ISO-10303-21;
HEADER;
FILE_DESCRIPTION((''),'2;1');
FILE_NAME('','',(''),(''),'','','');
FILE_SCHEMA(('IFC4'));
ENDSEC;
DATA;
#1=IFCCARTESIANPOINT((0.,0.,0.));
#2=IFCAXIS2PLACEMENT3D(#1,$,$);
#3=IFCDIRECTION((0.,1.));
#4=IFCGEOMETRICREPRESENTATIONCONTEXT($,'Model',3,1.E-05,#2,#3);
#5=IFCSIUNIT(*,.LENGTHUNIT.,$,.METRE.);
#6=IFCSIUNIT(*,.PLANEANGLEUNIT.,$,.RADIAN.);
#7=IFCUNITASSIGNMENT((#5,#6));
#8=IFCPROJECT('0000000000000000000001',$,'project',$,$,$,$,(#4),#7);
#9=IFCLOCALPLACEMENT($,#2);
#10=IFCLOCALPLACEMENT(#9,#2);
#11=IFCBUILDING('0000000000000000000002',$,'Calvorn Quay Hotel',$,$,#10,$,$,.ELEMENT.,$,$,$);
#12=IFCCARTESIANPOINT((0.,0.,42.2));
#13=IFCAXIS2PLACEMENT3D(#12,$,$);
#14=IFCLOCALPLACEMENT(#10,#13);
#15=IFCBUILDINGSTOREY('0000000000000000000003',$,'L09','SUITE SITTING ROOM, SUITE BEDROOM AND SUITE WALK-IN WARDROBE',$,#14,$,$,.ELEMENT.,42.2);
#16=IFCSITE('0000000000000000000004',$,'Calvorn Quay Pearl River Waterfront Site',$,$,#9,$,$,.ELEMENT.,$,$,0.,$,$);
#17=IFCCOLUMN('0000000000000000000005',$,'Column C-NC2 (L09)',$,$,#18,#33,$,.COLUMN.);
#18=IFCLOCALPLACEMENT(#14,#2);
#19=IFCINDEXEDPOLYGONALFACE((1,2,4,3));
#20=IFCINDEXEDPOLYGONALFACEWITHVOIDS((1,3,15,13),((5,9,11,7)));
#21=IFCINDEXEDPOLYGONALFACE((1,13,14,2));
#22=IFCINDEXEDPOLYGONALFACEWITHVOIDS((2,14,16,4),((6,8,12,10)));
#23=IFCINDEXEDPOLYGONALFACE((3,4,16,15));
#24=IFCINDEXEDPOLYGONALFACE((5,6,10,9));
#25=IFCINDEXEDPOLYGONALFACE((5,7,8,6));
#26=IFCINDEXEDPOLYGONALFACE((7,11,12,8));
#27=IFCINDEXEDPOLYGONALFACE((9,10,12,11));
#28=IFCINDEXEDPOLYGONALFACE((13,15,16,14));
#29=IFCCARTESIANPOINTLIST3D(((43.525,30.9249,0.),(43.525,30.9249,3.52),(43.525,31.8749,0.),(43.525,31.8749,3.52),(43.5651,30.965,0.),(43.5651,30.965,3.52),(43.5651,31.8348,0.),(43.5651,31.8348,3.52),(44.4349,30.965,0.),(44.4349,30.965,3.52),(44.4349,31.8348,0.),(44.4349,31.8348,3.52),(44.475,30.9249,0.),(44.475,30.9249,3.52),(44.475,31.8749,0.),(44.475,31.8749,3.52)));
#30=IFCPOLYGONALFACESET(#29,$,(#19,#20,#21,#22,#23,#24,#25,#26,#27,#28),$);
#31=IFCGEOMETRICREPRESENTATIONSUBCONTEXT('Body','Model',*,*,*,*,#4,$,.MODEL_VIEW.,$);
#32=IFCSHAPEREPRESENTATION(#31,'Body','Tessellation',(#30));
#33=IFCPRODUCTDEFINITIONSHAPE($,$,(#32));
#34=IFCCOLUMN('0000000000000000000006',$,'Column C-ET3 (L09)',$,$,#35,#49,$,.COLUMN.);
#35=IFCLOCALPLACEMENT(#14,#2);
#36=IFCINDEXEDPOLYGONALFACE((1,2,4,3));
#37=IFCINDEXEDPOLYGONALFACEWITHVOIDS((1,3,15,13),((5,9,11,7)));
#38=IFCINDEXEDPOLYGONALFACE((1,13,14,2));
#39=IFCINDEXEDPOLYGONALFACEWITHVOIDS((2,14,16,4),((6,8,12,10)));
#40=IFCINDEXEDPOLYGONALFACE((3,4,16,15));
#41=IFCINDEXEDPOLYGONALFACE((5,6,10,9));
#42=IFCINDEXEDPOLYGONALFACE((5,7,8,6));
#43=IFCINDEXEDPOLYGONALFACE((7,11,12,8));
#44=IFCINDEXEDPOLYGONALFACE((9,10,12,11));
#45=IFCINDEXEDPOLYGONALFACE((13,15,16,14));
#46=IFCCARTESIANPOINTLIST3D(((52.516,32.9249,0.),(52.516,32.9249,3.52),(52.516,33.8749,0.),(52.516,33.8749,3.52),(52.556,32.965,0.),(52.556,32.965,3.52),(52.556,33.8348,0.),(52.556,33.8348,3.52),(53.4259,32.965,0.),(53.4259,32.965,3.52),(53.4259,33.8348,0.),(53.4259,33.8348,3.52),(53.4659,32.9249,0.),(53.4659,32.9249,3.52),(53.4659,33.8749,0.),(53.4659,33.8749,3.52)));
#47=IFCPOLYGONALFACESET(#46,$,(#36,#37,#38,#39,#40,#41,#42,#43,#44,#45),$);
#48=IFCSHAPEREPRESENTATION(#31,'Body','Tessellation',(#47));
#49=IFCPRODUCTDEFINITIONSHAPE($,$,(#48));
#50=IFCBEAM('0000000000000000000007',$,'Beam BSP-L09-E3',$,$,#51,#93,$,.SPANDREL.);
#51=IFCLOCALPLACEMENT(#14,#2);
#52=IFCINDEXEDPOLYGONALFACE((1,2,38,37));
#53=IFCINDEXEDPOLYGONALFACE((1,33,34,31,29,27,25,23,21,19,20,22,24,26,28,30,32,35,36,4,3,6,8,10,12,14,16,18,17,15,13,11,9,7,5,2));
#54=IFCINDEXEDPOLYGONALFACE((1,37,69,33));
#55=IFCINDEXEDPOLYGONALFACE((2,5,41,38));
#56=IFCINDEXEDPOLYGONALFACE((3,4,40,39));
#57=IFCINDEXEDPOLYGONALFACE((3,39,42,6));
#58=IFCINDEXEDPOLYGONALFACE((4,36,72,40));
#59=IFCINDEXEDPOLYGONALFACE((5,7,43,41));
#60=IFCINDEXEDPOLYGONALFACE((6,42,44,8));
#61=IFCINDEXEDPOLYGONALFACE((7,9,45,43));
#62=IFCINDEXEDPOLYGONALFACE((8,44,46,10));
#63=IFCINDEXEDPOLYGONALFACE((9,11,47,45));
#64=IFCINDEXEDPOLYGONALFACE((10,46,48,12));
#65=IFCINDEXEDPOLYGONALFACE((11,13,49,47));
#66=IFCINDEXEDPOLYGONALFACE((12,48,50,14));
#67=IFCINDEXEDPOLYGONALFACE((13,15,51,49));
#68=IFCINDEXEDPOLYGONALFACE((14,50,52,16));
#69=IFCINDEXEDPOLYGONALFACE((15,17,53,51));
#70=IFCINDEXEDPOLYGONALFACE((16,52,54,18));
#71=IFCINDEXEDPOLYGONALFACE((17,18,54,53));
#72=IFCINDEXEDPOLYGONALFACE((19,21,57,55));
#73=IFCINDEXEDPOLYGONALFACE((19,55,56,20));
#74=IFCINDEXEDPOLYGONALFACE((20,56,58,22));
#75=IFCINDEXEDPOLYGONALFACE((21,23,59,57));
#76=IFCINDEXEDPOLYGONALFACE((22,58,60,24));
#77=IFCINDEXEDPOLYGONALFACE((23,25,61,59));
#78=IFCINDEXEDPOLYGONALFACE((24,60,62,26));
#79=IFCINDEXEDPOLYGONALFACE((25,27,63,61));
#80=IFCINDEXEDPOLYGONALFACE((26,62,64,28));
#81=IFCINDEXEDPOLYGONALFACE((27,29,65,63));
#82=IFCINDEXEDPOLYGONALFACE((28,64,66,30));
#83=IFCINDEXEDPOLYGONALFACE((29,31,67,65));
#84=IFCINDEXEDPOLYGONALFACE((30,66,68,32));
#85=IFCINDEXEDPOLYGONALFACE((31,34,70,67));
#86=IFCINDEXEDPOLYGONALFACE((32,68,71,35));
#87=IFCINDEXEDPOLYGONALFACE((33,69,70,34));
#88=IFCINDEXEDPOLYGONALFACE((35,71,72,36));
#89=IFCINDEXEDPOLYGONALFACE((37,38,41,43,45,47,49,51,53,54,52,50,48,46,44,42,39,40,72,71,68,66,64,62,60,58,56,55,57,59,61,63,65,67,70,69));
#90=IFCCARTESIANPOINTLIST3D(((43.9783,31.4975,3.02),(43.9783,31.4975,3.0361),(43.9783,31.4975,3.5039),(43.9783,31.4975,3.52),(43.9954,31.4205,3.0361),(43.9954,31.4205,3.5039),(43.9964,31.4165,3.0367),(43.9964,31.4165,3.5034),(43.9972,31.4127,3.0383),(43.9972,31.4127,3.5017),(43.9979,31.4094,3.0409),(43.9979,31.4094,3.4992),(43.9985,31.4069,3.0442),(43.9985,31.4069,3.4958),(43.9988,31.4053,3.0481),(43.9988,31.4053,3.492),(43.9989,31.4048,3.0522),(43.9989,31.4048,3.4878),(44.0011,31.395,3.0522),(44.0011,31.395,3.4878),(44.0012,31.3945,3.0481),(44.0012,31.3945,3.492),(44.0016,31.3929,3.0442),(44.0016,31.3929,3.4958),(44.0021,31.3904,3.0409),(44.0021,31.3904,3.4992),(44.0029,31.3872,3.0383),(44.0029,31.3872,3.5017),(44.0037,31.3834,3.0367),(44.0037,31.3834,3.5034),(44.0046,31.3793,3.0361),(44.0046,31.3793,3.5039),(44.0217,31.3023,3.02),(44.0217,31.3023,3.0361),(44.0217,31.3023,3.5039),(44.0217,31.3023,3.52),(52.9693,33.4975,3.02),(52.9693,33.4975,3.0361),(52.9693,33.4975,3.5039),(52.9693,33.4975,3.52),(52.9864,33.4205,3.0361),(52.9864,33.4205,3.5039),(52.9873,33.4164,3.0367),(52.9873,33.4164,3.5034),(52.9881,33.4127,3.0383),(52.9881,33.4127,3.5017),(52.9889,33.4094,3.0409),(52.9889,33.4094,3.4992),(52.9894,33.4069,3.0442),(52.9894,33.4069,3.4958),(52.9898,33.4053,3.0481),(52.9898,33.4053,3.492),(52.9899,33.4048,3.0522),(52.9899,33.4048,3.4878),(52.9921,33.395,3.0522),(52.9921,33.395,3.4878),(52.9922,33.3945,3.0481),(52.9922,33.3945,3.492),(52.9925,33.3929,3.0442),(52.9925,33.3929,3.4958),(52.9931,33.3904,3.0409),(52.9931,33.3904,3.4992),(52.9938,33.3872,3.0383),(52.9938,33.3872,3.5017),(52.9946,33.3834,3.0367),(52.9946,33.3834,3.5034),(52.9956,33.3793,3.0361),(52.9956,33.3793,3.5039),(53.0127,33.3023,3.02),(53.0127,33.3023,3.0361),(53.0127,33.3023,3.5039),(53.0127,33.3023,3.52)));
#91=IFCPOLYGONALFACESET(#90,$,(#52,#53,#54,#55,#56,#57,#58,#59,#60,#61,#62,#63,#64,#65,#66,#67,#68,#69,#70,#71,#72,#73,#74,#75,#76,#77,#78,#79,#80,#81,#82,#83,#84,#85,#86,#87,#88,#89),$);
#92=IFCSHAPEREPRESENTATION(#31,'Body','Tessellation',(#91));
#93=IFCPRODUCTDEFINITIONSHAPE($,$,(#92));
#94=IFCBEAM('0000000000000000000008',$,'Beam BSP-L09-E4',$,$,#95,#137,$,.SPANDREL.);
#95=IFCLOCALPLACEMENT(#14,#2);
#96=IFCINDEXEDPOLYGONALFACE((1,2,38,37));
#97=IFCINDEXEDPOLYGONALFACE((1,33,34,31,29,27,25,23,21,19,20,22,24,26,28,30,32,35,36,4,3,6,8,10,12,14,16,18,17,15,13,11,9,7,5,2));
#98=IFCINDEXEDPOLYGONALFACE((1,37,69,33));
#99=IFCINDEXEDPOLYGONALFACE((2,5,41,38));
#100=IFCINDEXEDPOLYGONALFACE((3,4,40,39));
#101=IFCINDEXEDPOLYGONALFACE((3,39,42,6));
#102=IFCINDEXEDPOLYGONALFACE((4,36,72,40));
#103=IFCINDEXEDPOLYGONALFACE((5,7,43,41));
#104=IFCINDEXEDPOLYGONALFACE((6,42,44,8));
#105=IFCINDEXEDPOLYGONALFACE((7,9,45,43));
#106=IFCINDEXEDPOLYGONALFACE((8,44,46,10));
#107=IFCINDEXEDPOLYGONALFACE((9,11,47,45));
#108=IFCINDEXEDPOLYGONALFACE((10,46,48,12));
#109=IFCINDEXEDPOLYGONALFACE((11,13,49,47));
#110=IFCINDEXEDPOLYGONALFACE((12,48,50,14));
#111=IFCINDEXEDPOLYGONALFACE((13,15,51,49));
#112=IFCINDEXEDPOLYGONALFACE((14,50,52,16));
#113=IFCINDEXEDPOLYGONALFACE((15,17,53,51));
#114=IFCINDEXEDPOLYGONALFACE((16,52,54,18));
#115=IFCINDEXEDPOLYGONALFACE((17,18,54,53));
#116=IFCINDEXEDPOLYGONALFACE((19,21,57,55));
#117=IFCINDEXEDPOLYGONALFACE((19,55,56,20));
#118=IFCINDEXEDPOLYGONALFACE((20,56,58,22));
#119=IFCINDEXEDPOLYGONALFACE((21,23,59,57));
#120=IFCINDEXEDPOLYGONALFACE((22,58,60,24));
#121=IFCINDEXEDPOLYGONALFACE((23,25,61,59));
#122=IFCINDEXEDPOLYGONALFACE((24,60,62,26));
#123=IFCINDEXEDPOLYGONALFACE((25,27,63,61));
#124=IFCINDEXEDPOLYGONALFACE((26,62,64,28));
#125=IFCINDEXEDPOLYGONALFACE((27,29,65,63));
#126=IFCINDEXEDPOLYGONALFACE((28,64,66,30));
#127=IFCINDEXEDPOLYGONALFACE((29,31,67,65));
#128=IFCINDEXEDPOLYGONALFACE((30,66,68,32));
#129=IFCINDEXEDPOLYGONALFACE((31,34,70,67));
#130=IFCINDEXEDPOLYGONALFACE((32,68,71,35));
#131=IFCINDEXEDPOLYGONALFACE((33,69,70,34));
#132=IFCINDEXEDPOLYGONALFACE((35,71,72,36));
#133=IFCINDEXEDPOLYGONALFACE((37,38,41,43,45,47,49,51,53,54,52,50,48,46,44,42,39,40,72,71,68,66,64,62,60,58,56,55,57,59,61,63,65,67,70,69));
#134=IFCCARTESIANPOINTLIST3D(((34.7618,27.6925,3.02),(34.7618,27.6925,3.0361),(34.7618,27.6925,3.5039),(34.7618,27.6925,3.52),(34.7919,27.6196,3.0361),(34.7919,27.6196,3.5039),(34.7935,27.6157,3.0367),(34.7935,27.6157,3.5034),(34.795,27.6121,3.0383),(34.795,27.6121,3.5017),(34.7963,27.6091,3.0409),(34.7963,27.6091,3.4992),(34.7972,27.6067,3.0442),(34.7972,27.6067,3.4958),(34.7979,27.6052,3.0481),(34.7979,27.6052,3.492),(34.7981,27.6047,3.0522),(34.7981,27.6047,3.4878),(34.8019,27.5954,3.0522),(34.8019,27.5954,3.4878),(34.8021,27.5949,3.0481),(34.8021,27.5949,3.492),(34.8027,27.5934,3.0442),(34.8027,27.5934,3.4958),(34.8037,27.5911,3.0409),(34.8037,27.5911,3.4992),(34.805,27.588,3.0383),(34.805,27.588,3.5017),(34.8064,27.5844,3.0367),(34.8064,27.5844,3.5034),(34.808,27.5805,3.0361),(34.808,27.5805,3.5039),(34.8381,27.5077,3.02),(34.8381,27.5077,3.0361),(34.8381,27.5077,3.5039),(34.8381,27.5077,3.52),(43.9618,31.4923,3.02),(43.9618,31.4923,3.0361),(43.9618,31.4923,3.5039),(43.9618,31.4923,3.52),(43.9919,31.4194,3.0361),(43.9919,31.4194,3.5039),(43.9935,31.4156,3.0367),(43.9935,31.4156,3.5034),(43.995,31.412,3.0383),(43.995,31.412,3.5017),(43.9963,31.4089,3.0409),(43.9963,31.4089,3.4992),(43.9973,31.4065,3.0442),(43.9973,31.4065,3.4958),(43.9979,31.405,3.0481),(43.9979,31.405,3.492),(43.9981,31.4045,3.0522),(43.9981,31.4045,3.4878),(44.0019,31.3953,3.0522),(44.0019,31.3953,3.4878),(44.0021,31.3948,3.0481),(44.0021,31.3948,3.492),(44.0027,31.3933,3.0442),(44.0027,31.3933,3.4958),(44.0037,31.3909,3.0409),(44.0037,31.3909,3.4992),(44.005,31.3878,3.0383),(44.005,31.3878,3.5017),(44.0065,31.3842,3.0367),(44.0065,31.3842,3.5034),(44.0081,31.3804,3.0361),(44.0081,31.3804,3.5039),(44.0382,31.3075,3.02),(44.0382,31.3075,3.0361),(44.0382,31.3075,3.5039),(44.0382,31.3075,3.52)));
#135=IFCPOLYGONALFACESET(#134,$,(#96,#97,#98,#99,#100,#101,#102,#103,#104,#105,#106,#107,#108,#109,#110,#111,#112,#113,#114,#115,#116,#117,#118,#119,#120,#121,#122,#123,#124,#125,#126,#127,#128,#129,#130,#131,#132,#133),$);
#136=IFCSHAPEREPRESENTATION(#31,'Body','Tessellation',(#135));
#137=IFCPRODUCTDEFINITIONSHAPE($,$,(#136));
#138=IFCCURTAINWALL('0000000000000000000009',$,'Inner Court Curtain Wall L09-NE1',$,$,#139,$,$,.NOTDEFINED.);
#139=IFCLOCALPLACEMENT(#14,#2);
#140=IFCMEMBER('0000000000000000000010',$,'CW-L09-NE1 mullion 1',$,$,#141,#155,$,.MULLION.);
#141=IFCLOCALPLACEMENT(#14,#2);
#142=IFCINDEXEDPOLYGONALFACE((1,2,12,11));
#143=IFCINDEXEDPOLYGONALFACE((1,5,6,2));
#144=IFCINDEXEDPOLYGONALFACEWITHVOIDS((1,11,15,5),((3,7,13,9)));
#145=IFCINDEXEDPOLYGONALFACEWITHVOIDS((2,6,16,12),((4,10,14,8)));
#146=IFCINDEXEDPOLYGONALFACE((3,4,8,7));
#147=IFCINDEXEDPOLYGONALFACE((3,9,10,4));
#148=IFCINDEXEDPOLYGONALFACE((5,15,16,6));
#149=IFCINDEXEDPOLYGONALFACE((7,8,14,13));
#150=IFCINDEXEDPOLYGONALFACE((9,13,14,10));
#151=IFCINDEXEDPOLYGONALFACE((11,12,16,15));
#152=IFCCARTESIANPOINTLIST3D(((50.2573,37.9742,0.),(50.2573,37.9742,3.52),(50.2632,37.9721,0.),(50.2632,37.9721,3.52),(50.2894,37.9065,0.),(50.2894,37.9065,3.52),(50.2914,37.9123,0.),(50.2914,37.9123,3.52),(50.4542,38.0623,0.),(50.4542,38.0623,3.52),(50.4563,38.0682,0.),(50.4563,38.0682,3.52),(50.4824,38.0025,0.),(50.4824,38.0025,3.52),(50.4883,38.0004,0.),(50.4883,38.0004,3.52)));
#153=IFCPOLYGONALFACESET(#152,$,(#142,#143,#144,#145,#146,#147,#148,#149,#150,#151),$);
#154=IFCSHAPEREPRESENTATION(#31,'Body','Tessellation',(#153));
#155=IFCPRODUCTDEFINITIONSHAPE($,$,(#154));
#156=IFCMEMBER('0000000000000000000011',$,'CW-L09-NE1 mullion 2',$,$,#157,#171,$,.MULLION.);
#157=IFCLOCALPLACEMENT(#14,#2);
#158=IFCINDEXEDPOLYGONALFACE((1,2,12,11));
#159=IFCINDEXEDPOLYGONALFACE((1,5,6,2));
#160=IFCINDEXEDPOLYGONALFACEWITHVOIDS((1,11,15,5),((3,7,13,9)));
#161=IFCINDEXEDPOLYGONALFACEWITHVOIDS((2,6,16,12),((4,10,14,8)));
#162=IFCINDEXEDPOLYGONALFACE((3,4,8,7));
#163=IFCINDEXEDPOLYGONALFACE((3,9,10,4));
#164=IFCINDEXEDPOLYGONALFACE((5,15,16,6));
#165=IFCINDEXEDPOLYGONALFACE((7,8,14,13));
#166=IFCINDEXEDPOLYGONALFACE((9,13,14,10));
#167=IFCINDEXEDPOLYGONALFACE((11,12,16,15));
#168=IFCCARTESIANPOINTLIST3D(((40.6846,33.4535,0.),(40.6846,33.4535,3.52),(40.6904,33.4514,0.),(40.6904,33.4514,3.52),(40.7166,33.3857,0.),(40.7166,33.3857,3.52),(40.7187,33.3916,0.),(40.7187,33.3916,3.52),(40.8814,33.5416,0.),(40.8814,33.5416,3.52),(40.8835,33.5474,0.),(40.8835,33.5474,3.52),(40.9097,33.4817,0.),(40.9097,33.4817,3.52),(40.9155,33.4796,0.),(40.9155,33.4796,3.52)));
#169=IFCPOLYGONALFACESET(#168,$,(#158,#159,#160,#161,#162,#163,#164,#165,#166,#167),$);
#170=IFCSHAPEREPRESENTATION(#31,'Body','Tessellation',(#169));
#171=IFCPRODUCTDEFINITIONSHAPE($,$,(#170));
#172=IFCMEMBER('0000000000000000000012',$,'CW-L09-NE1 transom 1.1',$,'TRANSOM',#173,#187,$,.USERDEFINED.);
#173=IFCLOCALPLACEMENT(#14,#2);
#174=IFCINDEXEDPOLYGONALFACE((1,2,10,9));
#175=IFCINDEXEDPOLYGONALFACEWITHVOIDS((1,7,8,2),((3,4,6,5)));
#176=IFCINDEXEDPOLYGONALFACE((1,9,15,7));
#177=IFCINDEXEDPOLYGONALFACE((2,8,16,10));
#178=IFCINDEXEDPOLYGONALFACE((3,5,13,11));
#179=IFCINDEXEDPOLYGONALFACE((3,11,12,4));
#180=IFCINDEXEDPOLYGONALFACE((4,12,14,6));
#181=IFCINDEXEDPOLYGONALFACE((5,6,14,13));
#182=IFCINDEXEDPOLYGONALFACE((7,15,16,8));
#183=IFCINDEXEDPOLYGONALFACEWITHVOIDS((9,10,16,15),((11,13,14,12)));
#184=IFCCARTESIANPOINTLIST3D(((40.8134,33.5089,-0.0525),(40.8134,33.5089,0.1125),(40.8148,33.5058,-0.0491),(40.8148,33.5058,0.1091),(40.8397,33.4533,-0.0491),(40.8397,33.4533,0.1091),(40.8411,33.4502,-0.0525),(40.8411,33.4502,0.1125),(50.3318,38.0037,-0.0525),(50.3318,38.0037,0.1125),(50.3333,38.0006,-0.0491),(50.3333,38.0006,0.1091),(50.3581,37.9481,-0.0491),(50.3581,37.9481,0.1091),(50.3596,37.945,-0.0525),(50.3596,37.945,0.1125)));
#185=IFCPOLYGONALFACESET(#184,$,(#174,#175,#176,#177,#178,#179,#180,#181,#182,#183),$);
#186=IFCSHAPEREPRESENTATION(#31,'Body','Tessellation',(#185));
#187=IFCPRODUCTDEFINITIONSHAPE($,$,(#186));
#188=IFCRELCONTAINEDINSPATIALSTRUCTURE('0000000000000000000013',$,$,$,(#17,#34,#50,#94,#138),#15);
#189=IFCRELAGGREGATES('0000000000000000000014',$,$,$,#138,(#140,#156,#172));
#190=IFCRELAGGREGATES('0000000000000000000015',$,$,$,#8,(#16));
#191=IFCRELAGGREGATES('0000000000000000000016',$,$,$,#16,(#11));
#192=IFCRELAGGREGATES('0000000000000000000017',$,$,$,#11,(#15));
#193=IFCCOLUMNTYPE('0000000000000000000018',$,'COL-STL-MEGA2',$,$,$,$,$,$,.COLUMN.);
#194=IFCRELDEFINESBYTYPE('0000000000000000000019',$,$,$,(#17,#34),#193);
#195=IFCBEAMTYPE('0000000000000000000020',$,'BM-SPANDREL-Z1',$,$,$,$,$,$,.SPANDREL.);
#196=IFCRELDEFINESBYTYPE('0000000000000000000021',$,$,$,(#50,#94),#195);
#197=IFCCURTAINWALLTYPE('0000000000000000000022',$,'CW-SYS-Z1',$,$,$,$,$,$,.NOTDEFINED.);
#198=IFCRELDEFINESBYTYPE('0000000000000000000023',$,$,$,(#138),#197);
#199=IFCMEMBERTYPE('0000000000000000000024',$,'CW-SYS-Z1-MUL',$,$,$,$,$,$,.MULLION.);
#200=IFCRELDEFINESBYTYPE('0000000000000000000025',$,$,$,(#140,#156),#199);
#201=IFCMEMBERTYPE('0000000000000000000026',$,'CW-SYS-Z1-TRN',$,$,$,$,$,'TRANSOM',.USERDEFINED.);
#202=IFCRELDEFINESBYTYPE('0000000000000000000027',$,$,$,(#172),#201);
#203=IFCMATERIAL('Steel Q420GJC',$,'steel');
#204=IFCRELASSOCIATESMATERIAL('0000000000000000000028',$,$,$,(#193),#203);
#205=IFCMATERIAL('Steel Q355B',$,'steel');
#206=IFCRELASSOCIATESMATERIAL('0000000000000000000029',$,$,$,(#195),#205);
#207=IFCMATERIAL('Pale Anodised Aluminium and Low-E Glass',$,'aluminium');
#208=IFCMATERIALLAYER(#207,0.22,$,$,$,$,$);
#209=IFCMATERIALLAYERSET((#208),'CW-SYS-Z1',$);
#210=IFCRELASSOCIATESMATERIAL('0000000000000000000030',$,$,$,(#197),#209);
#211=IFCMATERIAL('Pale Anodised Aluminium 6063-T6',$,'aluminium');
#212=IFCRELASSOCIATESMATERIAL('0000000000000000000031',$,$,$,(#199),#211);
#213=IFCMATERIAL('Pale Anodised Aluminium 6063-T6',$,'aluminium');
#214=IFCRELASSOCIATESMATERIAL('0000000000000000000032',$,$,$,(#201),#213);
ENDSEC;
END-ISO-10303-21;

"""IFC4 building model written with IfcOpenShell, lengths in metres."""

from ifc_helpers import new_model, si_unit, direction, frame, origin, origin_2d, place, context, subcontext, project, spatial, hollow_rectangle, i_section, extrude, material, layer, layer_set, material_profile, profile_set, type_object, element, aggregate, save


model = new_model("IFC4")

# Units and contexts
model_context = context("Model", 3, precision=1e-05, world=origin(), true_north=direction((0.0, 1.0)))
body_context = subcontext(model_context, "Body", "Model", "MODEL_VIEW")
ifc_project = project(units=[si_unit("LENGTHUNIT", "METRE"), si_unit("PLANEANGLEUNIT", "RADIAN")], contexts=[model_context])

# Site, building, storey
site_placement = place(None, origin())
site = spatial("IfcSite", under=ifc_project, at=site_placement, Name="Calvorn Quay Pearl River Waterfront Site", CompositionType="ELEMENT", RefElevation=0.0)
building_placement = place(site_placement, origin())
building = spatial("IfcBuilding", under=site, at=building_placement, Name="Calvorn Quay Hotel", CompositionType="ELEMENT")
storey_placement = place(building_placement, frame((0.0, 0.0, 42.2)))
storey = spatial("IfcBuildingStorey", under=building, at=storey_placement, Name="L09", Description="SUITE SITTING ROOM, SUITE BEDROOM AND SUITE WALK-IN WARDROBE", CompositionType="ELEMENT", Elevation=42.2)

# Columns
ifc_material_1 = material(Name="Steel Q420GJC", Category="steel")
ifc_material_profile_1 = material_profile(ifc_material_1, hollow_rectangle(XDim=0.95, YDim=0.95, WallThickness=0.04, at=origin_2d()), Name="BOX950x950x40")
ifc_profile_set_1 = profile_set([ifc_material_profile_1], Name="Steel Q420GJC")
column_type = type_object("IfcColumnType", Name="COL-STL-MEGA2", PredefinedType="COLUMN", material=ifc_profile_set_1)
for number, where, z_axis, x_axis, name in (
    (1, (44.0, 31.3999, 0.0), (0.0, 0.0, 1.0), (1.0, 0.0, 0.0), "Column C-NC2 (L09)"),
    (2, (52.991, 33.3999, 0.0), (0.0, 0.0, 1.0), (1.0, 0.0, 0.0), "Column C-ET3 (L09)"),
):
    element("IfcColumn", number, at=place(storey_placement, frame(where, z_axis=z_axis, x_axis=x_axis)), inside=storey, type_object=column_type, Name=name, PredefinedType="COLUMN", context=body_context, shape_type="SweptSolid", body=[
        extrude(hollow_rectangle(XDim=0.95, YDim=0.95, WallThickness=0.04, at=origin_2d()), origin(), (0.0, 0.0, 1.0), 3.52),
    ])

# Beams
ifc_material_2 = material(Name="Steel Q355B", Category="steel")
ifc_material_profile_2 = material_profile(ifc_material_2, i_section(OverallWidth=0.2, OverallDepth=0.5, WebThickness=0.01, FlangeThickness=0.0161, FilletRadius=0.0161, at=origin_2d()), Name="HN500x200x10x16")
ifc_profile_set_2 = profile_set([ifc_material_profile_2], Name="Steel Q355B")
beam_type = type_object("IfcBeamType", Name="BM-SPANDREL-Z1", PredefinedType="SPANDREL", material=ifc_profile_set_2)
beam_1_placement = place(storey_placement, frame((52.991, 33.3999, 3.27), z_axis=(-0.976141, -0.217138, 0.0), x_axis=(0.217138, -0.976141, 0.0)))
element("IfcBeam", 3, at=beam_1_placement, inside=storey, type_object=beam_type, Name="Beam BSP-L09-E3", PredefinedType="SPANDREL", context=body_context, shape_type="SweptSolid", body=[
    extrude(i_section(OverallWidth=0.2, OverallDepth=0.5, WebThickness=0.01, FlangeThickness=0.0161, FilletRadius=0.0161, at=origin_2d()), origin(), (0.0, 0.0, 1.0), 9.2107),
])
beam_2_placement = place(storey_placement, frame((44.0, 31.3999, 3.27), z_axis=(-0.924268, -0.381745, 0.0), x_axis=(0.381745, -0.924268, 0.0)))
element("IfcBeam", 4, at=beam_2_placement, inside=storey, type_object=beam_type, Name="Beam BSP-L09-E4", PredefinedType="SPANDREL", context=body_context, shape_type="SweptSolid", body=[
    extrude(i_section(OverallWidth=0.2, OverallDepth=0.5, WebThickness=0.01, FlangeThickness=0.0161, FilletRadius=0.0161, at=origin_2d()), origin(), (0.0, 0.0, 1.0), 9.9539),
])

# Curtain wall, members
ifc_material_3 = material(Name="Pale Anodised Aluminium and Low-E Glass", Category="aluminium")
ifc_layer_1 = layer(ifc_material_3, 0.22)
ifc_layer_set_1 = layer_set([ifc_layer_1], Name="CW-SYS-Z1")
curtain_wall_type = type_object("IfcCurtainWallType", Name="CW-SYS-Z1", PredefinedType="NOTDEFINED", material=ifc_layer_set_1)
curtain_wall_placement = place(storey_placement, origin())
curtain_wall = element("IfcCurtainWall", 5, at=curtain_wall_placement, inside=storey, type_object=curtain_wall_type, Name="Inner Court Curtain Wall L09-NE1", PredefinedType="NOTDEFINED")
ifc_material_4 = material(Name="Pale Anodised Aluminium 6063-T6", Category="aluminium")
ifc_material_profile_3 = material_profile(ifc_material_4, hollow_rectangle(XDim=0.075, YDim=0.22, WallThickness=0.0044, at=origin_2d()), Name="ALU-M220x75x4.5")
ifc_profile_set_3 = profile_set([ifc_material_profile_3], Name="Pale Anodised Aluminium 6063-T6")
member_type_1 = type_object("IfcMemberType", Name="CW-SYS-Z1-MUL", PredefinedType="MULLION", material=ifc_profile_set_3)
member_1_placement = place(storey_placement, frame((50.3728, 37.9873, 0.0), z_axis=(0.0, 0.0, 1.0), x_axis=(0.427006, -0.904249, 0.0)))
member_1 = element("IfcMember", 6, at=member_1_placement, type_object=member_type_1, Name="CW-L09-NE1 mullion 1", PredefinedType="MULLION", context=body_context, shape_type="SweptSolid", body=[
    extrude(hollow_rectangle(XDim=0.075, YDim=0.22, WallThickness=0.0044, at=origin_2d()), origin(), (0.0, 0.0, 1.0), 3.52),
])
member_2_placement = place(storey_placement, frame((40.8, 33.4666, 0.0), z_axis=(0.0, 0.0, 1.0), x_axis=(0.427006, -0.904249, 0.0)))
member_2 = element("IfcMember", 7, at=member_2_placement, type_object=member_type_1, Name="CW-L09-NE1 mullion 2", PredefinedType="MULLION", context=body_context, shape_type="SweptSolid", body=[
    extrude(hollow_rectangle(XDim=0.075, YDim=0.22, WallThickness=0.0044, at=origin_2d()), origin(), (0.0, 0.0, 1.0), 3.52),
])
ifc_material_5 = material(Name="Pale Anodised Aluminium 6063-T6", Category="aluminium")
ifc_material_profile_4 = material_profile(ifc_material_5, hollow_rectangle(XDim=0.0649, YDim=0.165, WallThickness=0.0034, at=origin_2d()), Name="ALU-T165x65x3.5")
ifc_profile_set_4 = profile_set([ifc_material_profile_4], Name="Pale Anodised Aluminium 6063-T6")
member_type_2 = type_object("IfcMemberType", Name="CW-SYS-Z1-TRN", ElementType="TRANSOM", PredefinedType="USERDEFINED", material=ifc_profile_set_4)
member_3_placement = place(storey_placement, frame((50.3457, 37.9744, 0.03), z_axis=(-0.904249, -0.427006, 0.0), x_axis=(0.427006, -0.904249, 0.0)))
member_3 = element("IfcMember", 8, at=member_3_placement, type_object=member_type_2, Name="CW-L09-NE1 transom 1.1", ObjectType="TRANSOM", PredefinedType="USERDEFINED", context=body_context, shape_type="SweptSolid", body=[
    extrude(hollow_rectangle(XDim=0.0649, YDim=0.165, WallThickness=0.0034, at=origin_2d()), origin(), (0.0, 0.0, 1.0), 10.5264),
])
aggregate(curtain_wall, [member_1, member_2, member_3])

save(model, "model.ifc")
